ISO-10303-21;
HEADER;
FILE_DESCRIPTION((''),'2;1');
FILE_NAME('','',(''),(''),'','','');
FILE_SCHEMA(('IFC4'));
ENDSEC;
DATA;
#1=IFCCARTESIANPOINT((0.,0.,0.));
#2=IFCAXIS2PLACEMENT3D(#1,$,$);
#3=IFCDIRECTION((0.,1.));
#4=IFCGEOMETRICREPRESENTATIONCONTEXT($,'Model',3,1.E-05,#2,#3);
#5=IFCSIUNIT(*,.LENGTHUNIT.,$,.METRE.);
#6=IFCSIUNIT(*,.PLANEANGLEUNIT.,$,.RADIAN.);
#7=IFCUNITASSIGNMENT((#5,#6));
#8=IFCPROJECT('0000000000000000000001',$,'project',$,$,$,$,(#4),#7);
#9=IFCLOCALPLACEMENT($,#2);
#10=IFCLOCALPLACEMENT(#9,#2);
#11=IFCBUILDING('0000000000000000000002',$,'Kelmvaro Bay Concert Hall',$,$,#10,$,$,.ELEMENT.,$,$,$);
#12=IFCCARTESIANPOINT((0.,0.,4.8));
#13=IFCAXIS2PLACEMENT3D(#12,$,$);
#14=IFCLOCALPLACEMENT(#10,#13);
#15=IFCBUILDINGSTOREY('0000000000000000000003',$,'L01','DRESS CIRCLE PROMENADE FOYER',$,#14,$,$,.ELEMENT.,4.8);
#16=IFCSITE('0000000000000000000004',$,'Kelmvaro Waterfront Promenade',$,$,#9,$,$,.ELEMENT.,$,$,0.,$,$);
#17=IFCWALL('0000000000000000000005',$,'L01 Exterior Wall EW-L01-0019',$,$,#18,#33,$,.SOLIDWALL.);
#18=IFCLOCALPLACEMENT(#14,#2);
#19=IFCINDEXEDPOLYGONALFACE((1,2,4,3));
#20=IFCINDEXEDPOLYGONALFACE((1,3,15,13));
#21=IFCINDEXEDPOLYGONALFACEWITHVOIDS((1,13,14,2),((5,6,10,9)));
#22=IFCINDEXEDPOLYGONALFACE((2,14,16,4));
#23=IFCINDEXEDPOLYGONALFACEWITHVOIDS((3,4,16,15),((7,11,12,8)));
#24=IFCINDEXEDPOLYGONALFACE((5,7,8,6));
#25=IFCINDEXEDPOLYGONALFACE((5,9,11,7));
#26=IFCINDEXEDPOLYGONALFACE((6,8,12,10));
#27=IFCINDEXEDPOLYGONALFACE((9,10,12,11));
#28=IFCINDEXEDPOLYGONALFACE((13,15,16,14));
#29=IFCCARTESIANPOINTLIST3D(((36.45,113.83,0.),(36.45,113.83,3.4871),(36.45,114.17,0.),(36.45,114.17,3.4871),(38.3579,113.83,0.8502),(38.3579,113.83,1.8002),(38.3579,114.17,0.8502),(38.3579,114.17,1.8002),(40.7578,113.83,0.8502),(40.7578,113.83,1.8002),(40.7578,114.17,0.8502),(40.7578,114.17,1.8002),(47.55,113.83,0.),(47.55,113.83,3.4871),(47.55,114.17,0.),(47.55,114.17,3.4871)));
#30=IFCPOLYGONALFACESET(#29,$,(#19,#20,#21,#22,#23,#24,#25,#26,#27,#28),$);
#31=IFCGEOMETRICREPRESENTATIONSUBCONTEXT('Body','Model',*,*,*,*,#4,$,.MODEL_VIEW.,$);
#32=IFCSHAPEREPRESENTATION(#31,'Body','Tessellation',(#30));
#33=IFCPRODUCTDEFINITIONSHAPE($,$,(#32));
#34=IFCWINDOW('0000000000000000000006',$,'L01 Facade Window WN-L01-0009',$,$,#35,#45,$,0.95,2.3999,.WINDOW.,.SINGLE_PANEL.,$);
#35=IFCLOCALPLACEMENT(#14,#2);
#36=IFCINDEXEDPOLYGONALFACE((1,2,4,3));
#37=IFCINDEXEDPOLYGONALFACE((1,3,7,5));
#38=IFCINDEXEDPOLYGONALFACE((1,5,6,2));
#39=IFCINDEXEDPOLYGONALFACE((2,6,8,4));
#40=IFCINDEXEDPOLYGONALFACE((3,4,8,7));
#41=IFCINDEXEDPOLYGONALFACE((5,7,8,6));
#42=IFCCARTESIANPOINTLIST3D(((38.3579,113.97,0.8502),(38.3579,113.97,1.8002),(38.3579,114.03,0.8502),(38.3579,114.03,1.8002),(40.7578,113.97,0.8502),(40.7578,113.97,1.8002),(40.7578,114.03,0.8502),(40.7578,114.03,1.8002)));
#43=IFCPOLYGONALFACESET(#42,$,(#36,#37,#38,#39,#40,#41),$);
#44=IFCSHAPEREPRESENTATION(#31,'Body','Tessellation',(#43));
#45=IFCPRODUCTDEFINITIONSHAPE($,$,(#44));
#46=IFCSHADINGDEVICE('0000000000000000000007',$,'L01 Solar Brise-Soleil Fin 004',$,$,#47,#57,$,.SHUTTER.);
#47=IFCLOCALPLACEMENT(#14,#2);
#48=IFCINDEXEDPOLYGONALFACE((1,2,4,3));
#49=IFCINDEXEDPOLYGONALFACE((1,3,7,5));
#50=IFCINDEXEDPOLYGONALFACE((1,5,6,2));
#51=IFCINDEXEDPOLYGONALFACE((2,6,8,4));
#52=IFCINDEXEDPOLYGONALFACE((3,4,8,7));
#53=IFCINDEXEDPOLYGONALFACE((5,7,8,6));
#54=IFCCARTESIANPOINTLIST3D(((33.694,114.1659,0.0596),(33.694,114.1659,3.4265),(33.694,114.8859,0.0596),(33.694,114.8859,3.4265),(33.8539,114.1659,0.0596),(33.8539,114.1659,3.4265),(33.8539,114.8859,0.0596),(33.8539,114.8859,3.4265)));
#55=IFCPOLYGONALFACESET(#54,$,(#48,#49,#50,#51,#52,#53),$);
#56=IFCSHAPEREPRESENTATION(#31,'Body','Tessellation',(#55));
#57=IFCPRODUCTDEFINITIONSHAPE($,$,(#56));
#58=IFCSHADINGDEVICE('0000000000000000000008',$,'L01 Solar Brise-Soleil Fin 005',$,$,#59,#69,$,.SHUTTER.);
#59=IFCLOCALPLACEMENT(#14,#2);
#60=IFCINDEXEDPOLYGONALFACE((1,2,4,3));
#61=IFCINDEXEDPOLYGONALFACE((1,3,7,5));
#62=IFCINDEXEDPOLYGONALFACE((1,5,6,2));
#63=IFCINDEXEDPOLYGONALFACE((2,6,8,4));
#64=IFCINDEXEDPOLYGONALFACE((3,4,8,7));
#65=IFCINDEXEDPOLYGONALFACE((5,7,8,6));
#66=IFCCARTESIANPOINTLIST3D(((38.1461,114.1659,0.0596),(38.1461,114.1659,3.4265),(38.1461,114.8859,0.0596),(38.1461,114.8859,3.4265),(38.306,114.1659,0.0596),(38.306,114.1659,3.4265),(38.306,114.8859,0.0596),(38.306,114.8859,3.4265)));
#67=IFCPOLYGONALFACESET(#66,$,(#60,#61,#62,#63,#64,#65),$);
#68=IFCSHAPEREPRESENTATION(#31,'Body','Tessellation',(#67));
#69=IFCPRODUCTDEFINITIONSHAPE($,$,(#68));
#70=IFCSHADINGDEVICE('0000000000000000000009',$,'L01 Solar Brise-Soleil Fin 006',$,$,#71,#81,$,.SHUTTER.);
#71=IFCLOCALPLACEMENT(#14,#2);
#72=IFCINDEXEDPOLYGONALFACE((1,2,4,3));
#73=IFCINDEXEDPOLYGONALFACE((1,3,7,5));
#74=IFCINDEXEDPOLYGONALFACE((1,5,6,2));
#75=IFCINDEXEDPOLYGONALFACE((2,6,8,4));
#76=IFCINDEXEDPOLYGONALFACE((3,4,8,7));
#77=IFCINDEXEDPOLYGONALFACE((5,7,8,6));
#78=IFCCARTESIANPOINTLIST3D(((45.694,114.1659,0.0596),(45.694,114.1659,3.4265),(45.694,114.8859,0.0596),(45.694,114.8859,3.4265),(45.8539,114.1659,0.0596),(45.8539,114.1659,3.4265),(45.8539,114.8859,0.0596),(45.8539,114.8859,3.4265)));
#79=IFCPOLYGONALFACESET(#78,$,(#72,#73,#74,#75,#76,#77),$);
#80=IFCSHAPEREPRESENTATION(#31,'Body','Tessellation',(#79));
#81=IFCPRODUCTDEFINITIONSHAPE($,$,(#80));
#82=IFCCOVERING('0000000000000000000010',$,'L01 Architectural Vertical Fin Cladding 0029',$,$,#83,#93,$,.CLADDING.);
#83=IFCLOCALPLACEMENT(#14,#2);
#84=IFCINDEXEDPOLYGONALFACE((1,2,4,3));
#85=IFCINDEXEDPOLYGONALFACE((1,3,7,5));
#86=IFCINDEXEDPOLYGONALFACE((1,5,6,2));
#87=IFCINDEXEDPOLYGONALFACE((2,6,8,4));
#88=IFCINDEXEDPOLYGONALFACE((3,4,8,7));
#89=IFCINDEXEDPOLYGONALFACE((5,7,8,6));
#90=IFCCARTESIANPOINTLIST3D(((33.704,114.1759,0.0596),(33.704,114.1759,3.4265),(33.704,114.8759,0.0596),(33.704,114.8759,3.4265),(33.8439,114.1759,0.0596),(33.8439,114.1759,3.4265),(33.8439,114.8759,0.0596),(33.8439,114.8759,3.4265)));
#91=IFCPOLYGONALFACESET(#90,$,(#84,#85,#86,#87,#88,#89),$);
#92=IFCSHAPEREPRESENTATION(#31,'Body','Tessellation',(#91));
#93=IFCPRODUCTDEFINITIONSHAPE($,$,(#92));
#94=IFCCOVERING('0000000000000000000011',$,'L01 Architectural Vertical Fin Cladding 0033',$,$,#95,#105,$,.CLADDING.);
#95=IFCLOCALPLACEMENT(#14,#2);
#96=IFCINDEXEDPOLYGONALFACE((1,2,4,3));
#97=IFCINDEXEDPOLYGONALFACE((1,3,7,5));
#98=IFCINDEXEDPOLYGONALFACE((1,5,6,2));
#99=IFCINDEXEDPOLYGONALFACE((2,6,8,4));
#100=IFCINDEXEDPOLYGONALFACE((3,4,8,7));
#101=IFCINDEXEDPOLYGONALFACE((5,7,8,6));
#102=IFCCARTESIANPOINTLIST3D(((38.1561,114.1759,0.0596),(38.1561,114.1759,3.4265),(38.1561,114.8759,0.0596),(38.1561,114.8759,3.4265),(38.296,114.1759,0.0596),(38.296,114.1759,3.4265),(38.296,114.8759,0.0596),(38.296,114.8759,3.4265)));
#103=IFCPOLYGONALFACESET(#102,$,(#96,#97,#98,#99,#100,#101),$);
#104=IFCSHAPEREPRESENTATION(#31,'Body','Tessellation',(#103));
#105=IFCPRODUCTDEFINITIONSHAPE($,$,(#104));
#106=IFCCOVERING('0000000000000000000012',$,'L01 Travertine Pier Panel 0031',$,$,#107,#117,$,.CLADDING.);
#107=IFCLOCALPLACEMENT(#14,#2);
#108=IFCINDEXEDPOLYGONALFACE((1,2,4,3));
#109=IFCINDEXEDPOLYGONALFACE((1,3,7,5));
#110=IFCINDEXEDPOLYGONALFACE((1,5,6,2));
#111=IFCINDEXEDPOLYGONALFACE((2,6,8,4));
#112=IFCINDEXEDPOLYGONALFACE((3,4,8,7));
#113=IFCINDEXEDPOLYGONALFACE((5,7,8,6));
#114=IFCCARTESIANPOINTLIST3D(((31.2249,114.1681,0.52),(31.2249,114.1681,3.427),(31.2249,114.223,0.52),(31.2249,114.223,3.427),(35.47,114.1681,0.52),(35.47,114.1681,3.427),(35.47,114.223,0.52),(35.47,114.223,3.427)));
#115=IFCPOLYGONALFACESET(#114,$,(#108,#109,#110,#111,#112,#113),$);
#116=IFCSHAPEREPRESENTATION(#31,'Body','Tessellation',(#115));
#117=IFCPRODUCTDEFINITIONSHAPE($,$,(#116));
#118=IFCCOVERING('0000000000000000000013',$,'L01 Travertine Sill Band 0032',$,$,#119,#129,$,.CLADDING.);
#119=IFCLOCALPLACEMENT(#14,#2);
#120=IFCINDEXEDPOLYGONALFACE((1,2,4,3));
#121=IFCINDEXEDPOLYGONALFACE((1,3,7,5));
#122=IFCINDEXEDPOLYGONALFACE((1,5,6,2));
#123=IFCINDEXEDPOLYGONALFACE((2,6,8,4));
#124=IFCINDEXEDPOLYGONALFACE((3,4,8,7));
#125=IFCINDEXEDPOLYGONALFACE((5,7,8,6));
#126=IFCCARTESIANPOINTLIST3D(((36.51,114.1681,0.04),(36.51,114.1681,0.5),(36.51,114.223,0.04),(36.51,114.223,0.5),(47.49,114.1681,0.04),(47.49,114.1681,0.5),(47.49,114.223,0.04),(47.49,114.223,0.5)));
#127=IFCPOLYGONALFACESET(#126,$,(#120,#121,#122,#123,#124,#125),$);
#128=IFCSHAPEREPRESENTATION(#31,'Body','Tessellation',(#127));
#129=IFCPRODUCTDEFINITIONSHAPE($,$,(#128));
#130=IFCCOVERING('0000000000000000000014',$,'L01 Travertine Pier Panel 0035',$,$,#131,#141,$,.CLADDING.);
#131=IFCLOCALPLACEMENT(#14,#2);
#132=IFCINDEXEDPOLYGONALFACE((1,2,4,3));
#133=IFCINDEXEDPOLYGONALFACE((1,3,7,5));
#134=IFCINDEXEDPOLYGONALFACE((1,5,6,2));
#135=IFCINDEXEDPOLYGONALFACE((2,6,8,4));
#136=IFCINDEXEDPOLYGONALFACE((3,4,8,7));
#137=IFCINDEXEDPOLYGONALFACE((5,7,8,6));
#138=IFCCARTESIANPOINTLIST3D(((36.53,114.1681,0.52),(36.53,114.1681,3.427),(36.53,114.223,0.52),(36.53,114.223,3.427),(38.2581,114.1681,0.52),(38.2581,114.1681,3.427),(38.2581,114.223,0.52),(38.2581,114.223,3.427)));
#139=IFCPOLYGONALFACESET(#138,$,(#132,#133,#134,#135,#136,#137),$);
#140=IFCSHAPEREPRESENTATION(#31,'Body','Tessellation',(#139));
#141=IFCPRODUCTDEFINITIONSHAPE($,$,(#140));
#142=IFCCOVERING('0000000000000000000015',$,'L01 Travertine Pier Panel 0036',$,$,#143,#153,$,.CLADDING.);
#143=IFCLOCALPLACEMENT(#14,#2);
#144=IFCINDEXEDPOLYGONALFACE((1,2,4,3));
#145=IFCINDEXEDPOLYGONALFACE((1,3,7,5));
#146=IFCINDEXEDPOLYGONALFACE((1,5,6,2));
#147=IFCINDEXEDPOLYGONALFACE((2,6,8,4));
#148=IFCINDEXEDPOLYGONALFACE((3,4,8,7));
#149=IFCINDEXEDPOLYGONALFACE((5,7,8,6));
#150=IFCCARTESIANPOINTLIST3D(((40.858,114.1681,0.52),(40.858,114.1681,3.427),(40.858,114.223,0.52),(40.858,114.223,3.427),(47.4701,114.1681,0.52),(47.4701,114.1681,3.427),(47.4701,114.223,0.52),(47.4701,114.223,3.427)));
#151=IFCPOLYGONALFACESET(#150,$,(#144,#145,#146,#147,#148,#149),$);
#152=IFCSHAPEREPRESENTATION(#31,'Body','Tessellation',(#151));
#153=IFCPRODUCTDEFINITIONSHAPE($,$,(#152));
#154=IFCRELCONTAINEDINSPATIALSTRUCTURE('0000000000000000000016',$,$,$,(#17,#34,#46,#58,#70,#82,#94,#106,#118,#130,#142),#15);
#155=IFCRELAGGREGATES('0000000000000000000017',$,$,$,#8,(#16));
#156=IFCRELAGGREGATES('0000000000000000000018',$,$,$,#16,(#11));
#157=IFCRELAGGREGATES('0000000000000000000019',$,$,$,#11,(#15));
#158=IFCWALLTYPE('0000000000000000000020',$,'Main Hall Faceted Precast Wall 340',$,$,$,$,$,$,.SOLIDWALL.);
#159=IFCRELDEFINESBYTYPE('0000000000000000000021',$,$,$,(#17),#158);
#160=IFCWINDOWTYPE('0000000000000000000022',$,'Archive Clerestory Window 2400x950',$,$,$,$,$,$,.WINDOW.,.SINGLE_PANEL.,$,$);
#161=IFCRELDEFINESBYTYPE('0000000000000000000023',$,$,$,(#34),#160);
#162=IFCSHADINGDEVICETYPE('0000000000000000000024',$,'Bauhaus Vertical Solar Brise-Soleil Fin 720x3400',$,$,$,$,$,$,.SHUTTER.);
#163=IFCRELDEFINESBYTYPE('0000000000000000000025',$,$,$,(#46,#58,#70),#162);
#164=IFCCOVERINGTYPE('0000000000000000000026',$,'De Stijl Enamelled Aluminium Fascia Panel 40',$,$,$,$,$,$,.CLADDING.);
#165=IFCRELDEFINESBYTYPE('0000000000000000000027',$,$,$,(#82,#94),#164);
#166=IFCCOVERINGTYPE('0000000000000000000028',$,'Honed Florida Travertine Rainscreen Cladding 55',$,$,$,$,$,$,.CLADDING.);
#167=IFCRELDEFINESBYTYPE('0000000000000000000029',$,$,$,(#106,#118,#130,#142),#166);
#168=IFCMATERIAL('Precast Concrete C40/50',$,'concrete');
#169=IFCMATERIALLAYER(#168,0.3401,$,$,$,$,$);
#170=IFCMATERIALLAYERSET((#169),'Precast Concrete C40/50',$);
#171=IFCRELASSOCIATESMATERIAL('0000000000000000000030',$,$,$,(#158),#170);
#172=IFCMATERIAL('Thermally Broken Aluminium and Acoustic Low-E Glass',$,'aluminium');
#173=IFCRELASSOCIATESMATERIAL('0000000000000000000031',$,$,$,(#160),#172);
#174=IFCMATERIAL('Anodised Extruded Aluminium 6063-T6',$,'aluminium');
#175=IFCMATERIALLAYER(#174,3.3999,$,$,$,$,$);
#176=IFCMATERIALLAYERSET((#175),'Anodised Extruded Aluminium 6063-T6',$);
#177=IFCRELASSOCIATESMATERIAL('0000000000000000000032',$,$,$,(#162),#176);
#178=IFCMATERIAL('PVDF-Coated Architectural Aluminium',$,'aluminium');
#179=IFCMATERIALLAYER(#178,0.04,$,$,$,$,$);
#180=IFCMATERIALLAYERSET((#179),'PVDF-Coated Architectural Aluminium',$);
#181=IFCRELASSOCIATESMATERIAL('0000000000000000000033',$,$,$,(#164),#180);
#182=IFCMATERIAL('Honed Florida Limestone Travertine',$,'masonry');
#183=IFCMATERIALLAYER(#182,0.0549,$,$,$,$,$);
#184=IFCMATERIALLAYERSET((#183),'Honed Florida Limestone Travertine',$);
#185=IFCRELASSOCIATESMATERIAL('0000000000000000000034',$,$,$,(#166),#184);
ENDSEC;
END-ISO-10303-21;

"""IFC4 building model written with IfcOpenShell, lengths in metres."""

from ifc_helpers import new_model, si_unit, direction, frame, frame_2d, origin, origin_2d, place, context, subcontext, project, spatial, rectangle, extrude, material, layer, layer_set, type_object, element, fill, save


model = new_model("IFC4")

# Units and contexts
model_context = context("Model", 3, precision=1e-05, world=origin(), true_north=direction((0.0, 1.0)))
body_context = subcontext(model_context, "Body", "Model", "MODEL_VIEW")
ifc_project = project(units=[si_unit("LENGTHUNIT", "METRE"), si_unit("PLANEANGLEUNIT", "RADIAN")], contexts=[model_context])

# Site, building, storey
site_placement = place(None, origin())
site = spatial("IfcSite", under=ifc_project, at=site_placement, Name="Kelmvaro Waterfront Promenade", CompositionType="ELEMENT", RefElevation=0.0)
building_placement = place(site_placement, origin())
building = spatial("IfcBuilding", under=site, at=building_placement, Name="Kelmvaro Bay Concert Hall", CompositionType="ELEMENT")
storey_placement = place(building_placement, frame((0.0, 0.0, 4.8)))
storey = spatial("IfcBuildingStorey", under=building, at=storey_placement, Name="L01", Description="DRESS CIRCLE PROMENADE FOYER", CompositionType="ELEMENT", Elevation=4.8)

# Wall, opening, window
ifc_material_1 = material(Name="Precast Concrete C40/50", Category="concrete")
ifc_layer_1 = layer(ifc_material_1, 0.3401)
ifc_layer_set_1 = layer_set([ifc_layer_1], Name="Precast Concrete C40/50")
wall_type_1 = type_object("IfcWallType", Name="Main Hall Faceted Precast Wall 340", PredefinedType="SOLIDWALL", material=ifc_layer_set_1)
wall_1_placement = place(storey_placement, frame((36.45, 114.0, 0.0), z_axis=(0.0, 0.0, 1.0), x_axis=(1.0, 0.0, 0.0)))
wall_1 = element("IfcWall", 1, at=wall_1_placement, inside=storey, type_object=wall_type_1, Name="L01 Exterior Wall EW-L01-0019", PredefinedType="SOLIDWALL", context=body_context, shape_type="SweptSolid", body=[
    extrude(rectangle(XDim=11.1001, YDim=0.3401, at=frame_2d((5.55, 0.0))), origin(), (0.0, 0.0, 1.0), 3.4871),
])
opening_placement = place(wall_1_placement, frame((1.908, 0.0, 0.8501)))
opening = element("IfcOpeningElement", 2, at=opening_placement, cuts=wall_1, PredefinedType="OPENING", context=body_context, shape_type="SweptSolid", body=[
    extrude(rectangle(XDim=2.3999, YDim=0.95, at=frame_2d((1.2, 0.4751))), frame((0.0, 0.1799, 0.0), z_axis=(0.0, -1.0, 0.0), x_axis=(1.0, 0.0, 0.0)), (0.0, 0.0, 1.0), 0.3601),
])
ifc_material_2 = material(Name="Thermally Broken Aluminium and Acoustic Low-E Glass", Category="aluminium")
window_type = type_object("IfcWindowType", Name="Archive Clerestory Window 2400x950", PartitioningType="SINGLE_PANEL", PredefinedType="WINDOW", material=ifc_material_2)
window_placement = place(opening_placement, origin())
window = element("IfcWindow", 3, at=window_placement, inside=storey, type_object=window_type, Name="L01 Facade Window WN-L01-0009", OverallHeight=0.95, OverallWidth=2.3999, PartitioningType="SINGLE_PANEL", PredefinedType="WINDOW", context=body_context, shape_type="SweptSolid", body=[
    extrude(rectangle(XDim=2.3999, YDim=0.95, at=frame_2d((1.2, 0.4751))), frame((0.0, 0.03, 0.0), z_axis=(0.0, -1.0, 0.0), x_axis=(1.0, 0.0, 0.0)), (0.0, 0.0, 1.0), 0.0601),
])
fill(opening, window)

# Shading devices
ifc_material_3 = material(Name="Anodised Extruded Aluminium 6063-T6", Category="aluminium")
ifc_layer_2 = layer(ifc_material_3, 3.3999)
ifc_layer_set_2 = layer_set([ifc_layer_2], Name="Anodised Extruded Aluminium 6063-T6")
shading_device_type = type_object("IfcShadingDeviceType", Name="Bauhaus Vertical Solar Brise-Soleil Fin 720x3400", PredefinedType="SHUTTER", material=ifc_layer_set_2)
for number, where, z_axis, x_axis, name in (
    (4, (33.7739, 114.5259, 0.0596), (0.0, 0.0, 1.0), (1.0, 0.0, 0.0), "L01 Solar Brise-Soleil Fin 004"),
    (5, (38.2261, 114.5259, 0.0596), (0.0, 0.0, 1.0), (1.0, 0.0, 0.0), "L01 Solar Brise-Soleil Fin 005"),
    (6, (45.7739, 114.5259, 0.0596), (0.0, 0.0, 1.0), (1.0, 0.0, 0.0), "L01 Solar Brise-Soleil Fin 006"),
):
    element("IfcShadingDevice", number, at=place(storey_placement, frame(where, z_axis=z_axis, x_axis=x_axis)), inside=storey, type_object=shading_device_type, Name=name, PredefinedType="SHUTTER", context=body_context, shape_type="SweptSolid", body=[
        extrude(rectangle(XDim=0.1599, YDim=0.72, at=origin_2d()), origin(), (0.0, 0.0, 1.0), 3.3669),
    ])

# Coverings
ifc_material_4 = material(Name="PVDF-Coated Architectural Aluminium", Category="aluminium")
ifc_layer_3 = layer(ifc_material_4, 0.04)
ifc_layer_set_3 = layer_set([ifc_layer_3], Name="PVDF-Coated Architectural Aluminium")
covering_type_1 = type_object("IfcCoveringType", Name="De Stijl Enamelled Aluminium Fascia Panel 40", PredefinedType="CLADDING", material=ifc_layer_set_3)
for number, where, z_axis, x_axis, name in (
    (7, (33.7739, 114.5259, 0.0596), (0.0, 0.0, 1.0), (1.0, 0.0, 0.0), "L01 Architectural Vertical Fin Cladding 0029"),
    (8, (38.2261, 114.5259, 0.0596), (0.0, 0.0, 1.0), (1.0, 0.0, 0.0), "L01 Architectural Vertical Fin Cladding 0033"),
):
    element("IfcCovering", number, at=place(storey_placement, frame(where, z_axis=z_axis, x_axis=x_axis)), inside=storey, type_object=covering_type_1, Name=name, PredefinedType="CLADDING", context=body_context, shape_type="SweptSolid", body=[
        extrude(rectangle(XDim=0.1399, YDim=0.7, at=origin_2d()), origin(), (0.0, 0.0, 1.0), 3.3669),
    ])
ifc_material_5 = material(Name="Honed Florida Limestone Travertine", Category="masonry")
ifc_layer_4 = layer(ifc_material_5, 0.0549)
ifc_layer_set_4 = layer_set([ifc_layer_4], Name="Honed Florida Limestone Travertine")
covering_type_2 = type_object("IfcCoveringType", Name="Honed Florida Travertine Rainscreen Cladding 55", PredefinedType="CLADDING", material=ifc_layer_set_4)
covering_1_placement = place(storey_placement, frame((33.3474, 114.1956, 0.52), z_axis=(0.0, 0.0, 1.0), x_axis=(1.0, 0.0, 0.0)))
element("IfcCovering", 9, at=covering_1_placement, inside=storey, type_object=covering_type_2, Name="L01 Travertine Pier Panel 0031", PredefinedType="CLADDING", context=body_context, shape_type="SweptSolid", body=[
    extrude(rectangle(XDim=4.2451, YDim=0.0549, at=origin_2d()), origin(), (0.0, 0.0, 1.0), 2.907),
])
covering_2_placement = place(storey_placement, frame((42.0, 114.1956, 0.04), z_axis=(0.0, 0.0, 1.0), x_axis=(1.0, 0.0, 0.0)))
element("IfcCovering", 10, at=covering_2_placement, inside=storey, type_object=covering_type_2, Name="L01 Travertine Sill Band 0032", PredefinedType="CLADDING", context=body_context, shape_type="SweptSolid", body=[
    extrude(rectangle(XDim=10.98, YDim=0.0549, at=origin_2d()), origin(), (0.0, 0.0, 1.0), 0.46),
])
covering_3_placement = place(storey_placement, frame((37.394, 114.1956, 0.52), z_axis=(0.0, 0.0, 1.0), x_axis=(1.0, 0.0, 0.0)))
element("IfcCovering", 11, at=covering_3_placement, inside=storey, type_object=covering_type_2, Name="L01 Travertine Pier Panel 0035", PredefinedType="CLADDING", context=body_context, shape_type="SweptSolid", body=[
    extrude(rectangle(XDim=1.728, YDim=0.0549, at=origin_2d()), origin(), (0.0, 0.0, 1.0), 2.907),
])
covering_4_placement = place(storey_placement, frame((44.1641, 114.1956, 0.52), z_axis=(0.0, 0.0, 1.0), x_axis=(1.0, 0.0, 0.0)))
element("IfcCovering", 12, at=covering_4_placement, inside=storey, type_object=covering_type_2, Name="L01 Travertine Pier Panel 0036", PredefinedType="CLADDING", context=body_context, shape_type="SweptSolid", body=[
    extrude(rectangle(XDim=6.6121, YDim=0.0549, at=origin_2d()), origin(), (0.0, 0.0, 1.0), 2.907),
])

save(model, "model.ifc")
